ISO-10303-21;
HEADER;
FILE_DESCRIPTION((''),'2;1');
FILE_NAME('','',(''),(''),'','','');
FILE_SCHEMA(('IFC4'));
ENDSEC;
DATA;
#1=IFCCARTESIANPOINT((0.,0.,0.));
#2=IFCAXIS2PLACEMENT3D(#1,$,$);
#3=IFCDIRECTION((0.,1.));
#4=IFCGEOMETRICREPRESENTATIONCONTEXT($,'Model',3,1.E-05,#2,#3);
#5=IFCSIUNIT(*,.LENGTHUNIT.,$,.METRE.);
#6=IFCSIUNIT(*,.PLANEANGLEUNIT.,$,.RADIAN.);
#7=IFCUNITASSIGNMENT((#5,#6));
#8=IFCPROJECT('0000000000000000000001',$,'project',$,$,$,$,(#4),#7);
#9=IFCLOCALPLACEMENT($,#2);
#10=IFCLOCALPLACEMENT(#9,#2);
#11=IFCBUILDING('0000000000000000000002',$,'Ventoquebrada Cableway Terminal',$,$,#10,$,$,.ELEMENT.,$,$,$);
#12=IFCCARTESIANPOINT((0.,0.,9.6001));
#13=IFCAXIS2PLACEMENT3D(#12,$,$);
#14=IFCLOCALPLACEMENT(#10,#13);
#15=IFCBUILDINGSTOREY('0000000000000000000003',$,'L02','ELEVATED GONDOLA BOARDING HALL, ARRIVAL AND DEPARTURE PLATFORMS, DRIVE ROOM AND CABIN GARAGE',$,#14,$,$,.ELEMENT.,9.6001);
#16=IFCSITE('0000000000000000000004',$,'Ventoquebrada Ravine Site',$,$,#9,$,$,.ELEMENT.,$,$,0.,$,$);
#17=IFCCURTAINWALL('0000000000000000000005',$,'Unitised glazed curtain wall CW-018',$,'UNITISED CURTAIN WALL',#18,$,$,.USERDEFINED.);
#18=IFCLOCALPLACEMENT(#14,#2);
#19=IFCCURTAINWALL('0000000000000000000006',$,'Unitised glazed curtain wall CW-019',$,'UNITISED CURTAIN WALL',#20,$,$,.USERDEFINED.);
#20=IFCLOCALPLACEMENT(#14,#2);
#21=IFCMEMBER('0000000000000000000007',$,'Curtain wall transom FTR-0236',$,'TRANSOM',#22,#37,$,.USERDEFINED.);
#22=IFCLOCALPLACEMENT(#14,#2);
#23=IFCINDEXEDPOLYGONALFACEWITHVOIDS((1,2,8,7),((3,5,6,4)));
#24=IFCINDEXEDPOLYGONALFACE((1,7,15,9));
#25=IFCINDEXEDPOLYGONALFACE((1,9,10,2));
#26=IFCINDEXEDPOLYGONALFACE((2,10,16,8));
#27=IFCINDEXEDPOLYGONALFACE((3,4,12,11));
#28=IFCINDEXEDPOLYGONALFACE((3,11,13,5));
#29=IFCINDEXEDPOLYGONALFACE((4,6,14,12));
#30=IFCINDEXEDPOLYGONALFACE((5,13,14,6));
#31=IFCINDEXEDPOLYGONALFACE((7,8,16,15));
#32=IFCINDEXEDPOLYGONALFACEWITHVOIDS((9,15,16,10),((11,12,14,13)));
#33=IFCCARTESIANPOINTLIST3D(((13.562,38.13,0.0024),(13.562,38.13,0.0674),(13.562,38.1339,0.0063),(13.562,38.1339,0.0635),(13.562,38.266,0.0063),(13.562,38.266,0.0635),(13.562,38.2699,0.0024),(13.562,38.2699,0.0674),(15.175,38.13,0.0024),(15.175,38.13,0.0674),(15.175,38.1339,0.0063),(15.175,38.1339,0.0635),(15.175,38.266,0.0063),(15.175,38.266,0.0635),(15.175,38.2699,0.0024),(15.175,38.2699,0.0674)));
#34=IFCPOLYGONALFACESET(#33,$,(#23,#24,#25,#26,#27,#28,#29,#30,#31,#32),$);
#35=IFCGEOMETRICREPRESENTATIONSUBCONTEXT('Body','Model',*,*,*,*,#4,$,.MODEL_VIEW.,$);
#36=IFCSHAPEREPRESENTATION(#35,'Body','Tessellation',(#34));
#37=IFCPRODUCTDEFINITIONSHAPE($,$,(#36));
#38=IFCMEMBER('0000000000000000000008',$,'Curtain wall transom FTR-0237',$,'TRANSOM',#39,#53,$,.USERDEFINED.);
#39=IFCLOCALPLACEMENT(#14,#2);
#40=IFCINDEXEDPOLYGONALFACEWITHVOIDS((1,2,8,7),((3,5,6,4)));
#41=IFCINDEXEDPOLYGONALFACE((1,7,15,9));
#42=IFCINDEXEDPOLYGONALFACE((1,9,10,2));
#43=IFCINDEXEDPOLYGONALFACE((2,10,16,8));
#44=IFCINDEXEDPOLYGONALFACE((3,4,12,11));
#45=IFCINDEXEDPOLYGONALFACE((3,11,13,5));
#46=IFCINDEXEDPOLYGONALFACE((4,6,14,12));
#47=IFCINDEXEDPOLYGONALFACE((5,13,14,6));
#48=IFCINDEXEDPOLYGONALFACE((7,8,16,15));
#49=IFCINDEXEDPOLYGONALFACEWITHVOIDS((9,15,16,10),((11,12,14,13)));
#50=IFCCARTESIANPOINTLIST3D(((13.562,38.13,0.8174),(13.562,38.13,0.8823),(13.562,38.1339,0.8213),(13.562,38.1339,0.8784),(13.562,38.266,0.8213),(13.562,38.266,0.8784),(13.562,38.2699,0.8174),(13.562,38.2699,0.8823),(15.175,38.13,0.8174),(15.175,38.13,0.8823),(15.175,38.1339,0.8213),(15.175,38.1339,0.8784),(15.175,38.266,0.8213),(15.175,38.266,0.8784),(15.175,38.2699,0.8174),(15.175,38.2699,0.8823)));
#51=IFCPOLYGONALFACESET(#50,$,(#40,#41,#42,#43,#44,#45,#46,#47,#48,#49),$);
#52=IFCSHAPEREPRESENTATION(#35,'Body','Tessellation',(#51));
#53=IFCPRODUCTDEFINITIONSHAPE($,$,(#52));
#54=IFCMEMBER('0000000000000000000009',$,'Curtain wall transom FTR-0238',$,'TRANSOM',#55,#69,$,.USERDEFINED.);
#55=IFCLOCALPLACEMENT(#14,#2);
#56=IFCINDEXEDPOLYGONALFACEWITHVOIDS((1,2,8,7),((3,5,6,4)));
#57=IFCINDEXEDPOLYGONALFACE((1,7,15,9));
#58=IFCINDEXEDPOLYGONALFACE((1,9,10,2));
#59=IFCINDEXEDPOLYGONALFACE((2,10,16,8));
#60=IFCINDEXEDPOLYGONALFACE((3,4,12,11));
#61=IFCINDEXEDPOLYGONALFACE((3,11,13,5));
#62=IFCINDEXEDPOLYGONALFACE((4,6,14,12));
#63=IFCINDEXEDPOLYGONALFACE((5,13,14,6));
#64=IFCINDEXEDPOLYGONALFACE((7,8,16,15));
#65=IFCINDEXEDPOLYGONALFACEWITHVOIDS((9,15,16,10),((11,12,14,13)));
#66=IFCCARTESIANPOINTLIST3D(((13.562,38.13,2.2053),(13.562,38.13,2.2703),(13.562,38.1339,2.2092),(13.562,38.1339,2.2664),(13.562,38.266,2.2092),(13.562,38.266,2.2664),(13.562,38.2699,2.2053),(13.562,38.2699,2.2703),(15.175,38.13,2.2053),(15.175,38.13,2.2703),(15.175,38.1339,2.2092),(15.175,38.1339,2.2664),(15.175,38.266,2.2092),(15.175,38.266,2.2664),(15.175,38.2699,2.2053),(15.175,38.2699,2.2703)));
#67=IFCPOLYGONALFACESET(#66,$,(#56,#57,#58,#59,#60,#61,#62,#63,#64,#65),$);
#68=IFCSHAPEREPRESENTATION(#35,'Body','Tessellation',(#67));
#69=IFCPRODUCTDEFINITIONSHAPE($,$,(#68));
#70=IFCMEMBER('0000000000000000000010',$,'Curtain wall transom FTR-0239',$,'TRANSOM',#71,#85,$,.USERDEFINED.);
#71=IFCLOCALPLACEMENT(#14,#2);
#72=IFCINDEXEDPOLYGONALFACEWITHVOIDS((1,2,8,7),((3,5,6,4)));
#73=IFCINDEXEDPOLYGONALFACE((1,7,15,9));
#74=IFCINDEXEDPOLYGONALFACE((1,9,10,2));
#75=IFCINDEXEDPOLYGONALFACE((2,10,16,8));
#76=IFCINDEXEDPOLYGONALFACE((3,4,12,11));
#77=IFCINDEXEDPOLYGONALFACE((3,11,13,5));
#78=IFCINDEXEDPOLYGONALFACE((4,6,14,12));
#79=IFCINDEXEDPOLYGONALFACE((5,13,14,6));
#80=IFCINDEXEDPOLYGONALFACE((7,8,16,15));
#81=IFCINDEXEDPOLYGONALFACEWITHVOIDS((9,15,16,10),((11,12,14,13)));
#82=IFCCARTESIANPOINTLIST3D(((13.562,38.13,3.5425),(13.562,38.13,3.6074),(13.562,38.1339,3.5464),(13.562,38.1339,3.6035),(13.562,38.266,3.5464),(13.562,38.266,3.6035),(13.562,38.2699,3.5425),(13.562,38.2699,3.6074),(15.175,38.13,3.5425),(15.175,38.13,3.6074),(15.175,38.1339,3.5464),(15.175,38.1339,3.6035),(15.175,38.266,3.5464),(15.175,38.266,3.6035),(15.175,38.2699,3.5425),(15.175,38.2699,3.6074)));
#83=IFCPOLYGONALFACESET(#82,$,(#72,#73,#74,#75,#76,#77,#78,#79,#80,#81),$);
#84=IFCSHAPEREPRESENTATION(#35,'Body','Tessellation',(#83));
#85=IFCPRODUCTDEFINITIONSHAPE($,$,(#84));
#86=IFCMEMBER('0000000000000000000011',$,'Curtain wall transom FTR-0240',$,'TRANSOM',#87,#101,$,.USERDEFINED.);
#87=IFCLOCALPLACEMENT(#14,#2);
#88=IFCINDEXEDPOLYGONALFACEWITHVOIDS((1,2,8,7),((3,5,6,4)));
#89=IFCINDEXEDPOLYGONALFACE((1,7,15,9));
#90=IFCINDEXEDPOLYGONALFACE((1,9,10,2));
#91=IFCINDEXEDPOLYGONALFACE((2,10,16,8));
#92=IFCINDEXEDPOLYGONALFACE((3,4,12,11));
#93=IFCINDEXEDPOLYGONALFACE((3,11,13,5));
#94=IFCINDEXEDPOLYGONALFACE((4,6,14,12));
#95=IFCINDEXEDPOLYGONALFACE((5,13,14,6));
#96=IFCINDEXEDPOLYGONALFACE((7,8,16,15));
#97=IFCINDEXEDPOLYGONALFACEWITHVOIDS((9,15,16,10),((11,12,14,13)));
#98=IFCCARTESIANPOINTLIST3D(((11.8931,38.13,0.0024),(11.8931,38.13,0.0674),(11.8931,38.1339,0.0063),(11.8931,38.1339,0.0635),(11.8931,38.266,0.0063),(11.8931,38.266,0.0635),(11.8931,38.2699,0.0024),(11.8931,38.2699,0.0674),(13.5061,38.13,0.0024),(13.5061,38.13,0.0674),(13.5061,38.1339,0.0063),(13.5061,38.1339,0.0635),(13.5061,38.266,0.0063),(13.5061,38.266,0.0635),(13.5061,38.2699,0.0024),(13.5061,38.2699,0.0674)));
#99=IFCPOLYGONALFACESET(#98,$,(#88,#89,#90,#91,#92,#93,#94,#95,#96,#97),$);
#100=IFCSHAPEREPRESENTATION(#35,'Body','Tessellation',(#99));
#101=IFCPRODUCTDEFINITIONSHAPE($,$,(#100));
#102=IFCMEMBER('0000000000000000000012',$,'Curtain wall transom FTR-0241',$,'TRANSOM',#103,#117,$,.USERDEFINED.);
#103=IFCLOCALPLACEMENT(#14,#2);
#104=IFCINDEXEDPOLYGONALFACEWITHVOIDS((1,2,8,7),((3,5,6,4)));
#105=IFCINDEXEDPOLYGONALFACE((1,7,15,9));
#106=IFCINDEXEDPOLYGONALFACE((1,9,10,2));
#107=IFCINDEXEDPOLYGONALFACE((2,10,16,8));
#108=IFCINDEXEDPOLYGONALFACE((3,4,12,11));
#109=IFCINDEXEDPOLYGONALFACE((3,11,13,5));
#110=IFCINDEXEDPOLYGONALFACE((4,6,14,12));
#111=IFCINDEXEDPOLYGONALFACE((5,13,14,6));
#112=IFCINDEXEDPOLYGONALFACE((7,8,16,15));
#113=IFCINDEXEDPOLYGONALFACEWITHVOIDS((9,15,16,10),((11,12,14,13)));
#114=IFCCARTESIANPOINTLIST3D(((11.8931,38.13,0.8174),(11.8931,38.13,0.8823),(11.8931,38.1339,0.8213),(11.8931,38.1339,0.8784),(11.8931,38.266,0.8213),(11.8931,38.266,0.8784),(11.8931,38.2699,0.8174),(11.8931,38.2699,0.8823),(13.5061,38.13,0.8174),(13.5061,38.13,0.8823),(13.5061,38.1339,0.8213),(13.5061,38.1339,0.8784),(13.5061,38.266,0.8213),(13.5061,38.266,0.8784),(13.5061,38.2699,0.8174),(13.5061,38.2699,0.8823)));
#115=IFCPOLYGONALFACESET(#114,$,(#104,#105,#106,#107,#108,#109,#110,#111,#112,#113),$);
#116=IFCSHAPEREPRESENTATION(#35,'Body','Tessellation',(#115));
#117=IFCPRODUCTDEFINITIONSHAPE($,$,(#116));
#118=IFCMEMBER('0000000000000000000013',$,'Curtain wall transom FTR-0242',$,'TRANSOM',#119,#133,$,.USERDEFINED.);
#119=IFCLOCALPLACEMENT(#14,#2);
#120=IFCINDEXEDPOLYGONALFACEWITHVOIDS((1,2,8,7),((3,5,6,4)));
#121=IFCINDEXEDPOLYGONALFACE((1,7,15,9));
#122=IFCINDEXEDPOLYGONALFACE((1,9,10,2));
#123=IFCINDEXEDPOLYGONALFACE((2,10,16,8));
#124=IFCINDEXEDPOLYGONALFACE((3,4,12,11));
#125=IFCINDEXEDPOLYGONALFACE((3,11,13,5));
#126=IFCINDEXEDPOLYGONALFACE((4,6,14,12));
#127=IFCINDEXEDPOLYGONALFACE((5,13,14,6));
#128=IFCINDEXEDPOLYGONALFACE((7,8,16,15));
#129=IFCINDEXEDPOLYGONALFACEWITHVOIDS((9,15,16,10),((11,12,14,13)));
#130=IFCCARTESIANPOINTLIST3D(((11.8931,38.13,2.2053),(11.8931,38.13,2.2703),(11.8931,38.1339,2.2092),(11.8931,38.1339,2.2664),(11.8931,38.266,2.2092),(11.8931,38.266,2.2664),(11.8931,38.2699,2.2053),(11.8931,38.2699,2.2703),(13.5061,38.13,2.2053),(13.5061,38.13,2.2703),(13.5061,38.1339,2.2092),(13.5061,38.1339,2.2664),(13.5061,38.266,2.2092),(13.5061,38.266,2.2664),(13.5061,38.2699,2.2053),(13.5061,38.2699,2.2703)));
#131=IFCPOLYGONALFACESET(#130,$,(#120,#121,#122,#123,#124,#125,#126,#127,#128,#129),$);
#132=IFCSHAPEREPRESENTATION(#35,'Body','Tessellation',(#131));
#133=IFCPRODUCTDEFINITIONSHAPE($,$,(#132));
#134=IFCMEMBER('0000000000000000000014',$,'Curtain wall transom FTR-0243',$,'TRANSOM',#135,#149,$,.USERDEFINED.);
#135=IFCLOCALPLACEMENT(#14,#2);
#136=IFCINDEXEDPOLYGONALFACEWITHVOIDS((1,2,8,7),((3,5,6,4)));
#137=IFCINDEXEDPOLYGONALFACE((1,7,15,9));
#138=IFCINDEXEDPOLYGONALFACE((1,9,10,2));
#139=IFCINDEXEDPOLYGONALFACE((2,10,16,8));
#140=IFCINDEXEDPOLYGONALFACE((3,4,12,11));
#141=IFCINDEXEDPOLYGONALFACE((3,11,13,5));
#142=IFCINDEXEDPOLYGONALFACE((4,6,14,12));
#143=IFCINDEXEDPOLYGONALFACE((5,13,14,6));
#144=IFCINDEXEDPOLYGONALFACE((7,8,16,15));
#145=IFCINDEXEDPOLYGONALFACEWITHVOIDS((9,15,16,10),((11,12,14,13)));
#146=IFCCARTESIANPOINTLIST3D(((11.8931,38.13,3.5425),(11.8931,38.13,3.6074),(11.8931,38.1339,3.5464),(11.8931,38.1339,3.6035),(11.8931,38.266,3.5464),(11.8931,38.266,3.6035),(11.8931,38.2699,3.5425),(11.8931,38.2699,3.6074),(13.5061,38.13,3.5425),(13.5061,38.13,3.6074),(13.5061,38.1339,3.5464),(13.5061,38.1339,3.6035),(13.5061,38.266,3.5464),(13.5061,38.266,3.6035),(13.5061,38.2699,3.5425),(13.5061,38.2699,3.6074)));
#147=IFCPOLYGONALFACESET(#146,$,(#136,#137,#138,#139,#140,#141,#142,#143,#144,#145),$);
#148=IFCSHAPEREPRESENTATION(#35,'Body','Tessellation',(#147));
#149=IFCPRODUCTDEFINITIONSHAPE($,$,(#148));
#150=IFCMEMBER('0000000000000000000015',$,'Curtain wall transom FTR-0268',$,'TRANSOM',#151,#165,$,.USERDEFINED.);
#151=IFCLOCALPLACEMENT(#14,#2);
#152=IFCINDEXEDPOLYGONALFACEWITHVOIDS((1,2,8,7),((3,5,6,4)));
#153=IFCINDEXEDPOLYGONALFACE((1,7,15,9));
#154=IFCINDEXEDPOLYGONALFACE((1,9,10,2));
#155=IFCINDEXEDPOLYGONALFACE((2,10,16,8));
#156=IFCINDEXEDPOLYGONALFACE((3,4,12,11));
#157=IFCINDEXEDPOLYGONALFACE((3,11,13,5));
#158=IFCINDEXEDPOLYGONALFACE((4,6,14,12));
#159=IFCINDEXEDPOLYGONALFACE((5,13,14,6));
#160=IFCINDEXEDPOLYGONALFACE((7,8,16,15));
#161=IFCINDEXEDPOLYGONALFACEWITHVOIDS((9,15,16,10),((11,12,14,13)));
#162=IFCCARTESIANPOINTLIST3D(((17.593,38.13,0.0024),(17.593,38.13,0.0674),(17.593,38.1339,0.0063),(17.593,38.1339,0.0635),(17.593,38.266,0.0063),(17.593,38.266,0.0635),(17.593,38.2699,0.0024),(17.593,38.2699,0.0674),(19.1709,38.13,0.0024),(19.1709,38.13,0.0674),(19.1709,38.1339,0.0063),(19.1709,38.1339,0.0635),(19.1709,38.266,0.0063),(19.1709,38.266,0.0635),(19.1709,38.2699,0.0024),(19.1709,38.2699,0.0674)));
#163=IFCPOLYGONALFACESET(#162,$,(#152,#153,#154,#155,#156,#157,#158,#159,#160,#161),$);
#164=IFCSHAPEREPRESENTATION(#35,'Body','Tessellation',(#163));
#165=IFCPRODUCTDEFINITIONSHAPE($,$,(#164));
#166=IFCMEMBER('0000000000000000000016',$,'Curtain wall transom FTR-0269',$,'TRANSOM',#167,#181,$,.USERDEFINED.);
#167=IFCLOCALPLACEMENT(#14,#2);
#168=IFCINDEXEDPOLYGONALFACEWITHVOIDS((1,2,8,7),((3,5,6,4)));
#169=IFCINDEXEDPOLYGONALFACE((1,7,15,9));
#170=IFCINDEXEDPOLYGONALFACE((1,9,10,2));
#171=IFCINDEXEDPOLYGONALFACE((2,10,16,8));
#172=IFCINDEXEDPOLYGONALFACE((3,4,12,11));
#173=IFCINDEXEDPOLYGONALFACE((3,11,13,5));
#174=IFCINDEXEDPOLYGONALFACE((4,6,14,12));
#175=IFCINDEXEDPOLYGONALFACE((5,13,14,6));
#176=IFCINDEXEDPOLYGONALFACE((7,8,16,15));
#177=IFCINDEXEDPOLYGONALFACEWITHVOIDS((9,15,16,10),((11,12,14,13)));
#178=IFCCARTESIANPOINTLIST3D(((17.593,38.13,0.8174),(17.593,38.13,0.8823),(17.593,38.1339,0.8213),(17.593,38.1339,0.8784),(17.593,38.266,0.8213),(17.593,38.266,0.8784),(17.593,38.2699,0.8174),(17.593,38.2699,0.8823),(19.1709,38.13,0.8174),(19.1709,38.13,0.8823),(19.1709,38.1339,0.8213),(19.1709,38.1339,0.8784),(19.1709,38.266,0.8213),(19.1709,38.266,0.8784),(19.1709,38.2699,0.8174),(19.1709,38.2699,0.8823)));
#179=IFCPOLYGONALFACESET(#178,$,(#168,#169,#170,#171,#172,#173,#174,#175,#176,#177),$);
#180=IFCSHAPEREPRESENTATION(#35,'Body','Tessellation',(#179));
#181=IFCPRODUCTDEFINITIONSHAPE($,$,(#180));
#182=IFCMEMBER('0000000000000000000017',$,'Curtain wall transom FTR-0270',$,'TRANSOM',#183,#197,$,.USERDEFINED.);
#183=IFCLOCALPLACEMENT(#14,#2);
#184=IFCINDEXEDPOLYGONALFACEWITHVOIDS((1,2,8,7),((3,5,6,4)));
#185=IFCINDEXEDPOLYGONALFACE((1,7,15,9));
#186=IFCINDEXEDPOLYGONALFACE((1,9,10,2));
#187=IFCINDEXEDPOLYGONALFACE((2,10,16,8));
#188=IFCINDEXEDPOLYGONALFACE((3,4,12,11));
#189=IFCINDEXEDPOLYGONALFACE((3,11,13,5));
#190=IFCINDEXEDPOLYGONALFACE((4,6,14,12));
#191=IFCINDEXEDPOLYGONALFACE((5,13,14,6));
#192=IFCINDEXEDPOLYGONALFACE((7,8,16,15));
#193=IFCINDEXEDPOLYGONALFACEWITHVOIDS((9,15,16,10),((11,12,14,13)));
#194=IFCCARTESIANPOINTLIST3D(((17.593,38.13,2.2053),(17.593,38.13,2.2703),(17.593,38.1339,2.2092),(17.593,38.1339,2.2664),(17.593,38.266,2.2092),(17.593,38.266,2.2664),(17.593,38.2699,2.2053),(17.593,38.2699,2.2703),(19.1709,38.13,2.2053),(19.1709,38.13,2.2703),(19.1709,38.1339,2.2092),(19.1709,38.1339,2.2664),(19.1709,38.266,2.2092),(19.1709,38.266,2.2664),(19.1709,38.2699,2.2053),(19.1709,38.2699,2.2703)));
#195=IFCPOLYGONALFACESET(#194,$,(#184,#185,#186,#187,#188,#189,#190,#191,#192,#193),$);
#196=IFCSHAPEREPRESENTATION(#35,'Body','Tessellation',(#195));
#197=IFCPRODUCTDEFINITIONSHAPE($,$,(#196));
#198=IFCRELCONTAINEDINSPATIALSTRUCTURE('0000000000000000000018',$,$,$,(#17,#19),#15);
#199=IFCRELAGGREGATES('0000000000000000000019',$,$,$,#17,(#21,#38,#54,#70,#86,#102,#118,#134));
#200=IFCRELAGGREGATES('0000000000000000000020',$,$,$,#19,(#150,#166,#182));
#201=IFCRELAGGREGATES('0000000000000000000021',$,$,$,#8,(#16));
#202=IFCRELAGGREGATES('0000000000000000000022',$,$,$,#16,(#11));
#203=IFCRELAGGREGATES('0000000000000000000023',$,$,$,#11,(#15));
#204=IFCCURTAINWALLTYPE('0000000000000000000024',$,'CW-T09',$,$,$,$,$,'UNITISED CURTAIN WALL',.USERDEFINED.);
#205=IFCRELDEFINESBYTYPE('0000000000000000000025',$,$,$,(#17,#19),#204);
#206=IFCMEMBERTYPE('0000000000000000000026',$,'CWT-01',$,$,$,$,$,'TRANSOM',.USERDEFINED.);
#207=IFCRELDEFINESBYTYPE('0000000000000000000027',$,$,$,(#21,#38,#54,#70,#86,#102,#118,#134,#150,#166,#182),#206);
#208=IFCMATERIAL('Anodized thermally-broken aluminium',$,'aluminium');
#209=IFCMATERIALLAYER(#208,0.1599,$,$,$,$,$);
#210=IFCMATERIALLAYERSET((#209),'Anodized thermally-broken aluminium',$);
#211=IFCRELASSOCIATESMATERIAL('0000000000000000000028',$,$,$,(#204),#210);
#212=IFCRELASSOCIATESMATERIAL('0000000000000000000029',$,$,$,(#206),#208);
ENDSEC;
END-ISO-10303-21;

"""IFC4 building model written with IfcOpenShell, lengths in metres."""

from ifc_helpers import new_model, si_unit, direction, frame, origin, origin_2d, place, context, subcontext, project, spatial, hollow_rectangle, extrude, material, layer, layer_set, material_profile, profile_set, type_object, element, aggregate, save


model = new_model("IFC4")

# Units and contexts
model_context = context("Model", 3, precision=1e-05, world=origin(), true_north=direction((0.0, 1.0)))
body_context = subcontext(model_context, "Body", "Model", "MODEL_VIEW")
ifc_project = project(units=[si_unit("LENGTHUNIT", "METRE"), si_unit("PLANEANGLEUNIT", "RADIAN")], contexts=[model_context])

# Site, building, storey
site_placement = place(None, origin())
site = spatial("IfcSite", under=ifc_project, at=site_placement, Name="Ventoquebrada Ravine Site", CompositionType="ELEMENT", RefElevation=0.0)
building_placement = place(site_placement, origin())
building = spatial("IfcBuilding", under=site, at=building_placement, Name="Ventoquebrada Cableway Terminal", CompositionType="ELEMENT")
storey_placement = place(building_placement, frame((0.0, 0.0, 9.6001)))
storey = spatial("IfcBuildingStorey", under=building, at=storey_placement, Name="L02", Description="ELEVATED GONDOLA BOARDING HALL, ARRIVAL AND DEPARTURE PLATFORMS, DRIVE ROOM AND CABIN GARAGE", CompositionType="ELEMENT", Elevation=9.6001)

# Curtain walls
ifc_material_1 = material(Name="Anodized thermally-broken aluminium", Category="aluminium")
ifc_layer_1 = layer(ifc_material_1, 0.1599)
ifc_layer_set_1 = layer_set([ifc_layer_1], Name="Anodized thermally-broken aluminium")
curtain_wall_type = type_object("IfcCurtainWallType", Name="CW-T09", ElementType="UNITISED CURTAIN WALL", PredefinedType="USERDEFINED", material=ifc_layer_set_1)
curtain_wall_1_placement = place(storey_placement, origin())
curtain_wall_1 = element("IfcCurtainWall", 1, at=curtain_wall_1_placement, inside=storey, type_object=curtain_wall_type, Name="Unitised glazed curtain wall CW-018", ObjectType="UNITISED CURTAIN WALL", PredefinedType="USERDEFINED")
curtain_wall_2_placement = place(storey_placement, origin())
curtain_wall_2 = element("IfcCurtainWall", 2, at=curtain_wall_2_placement, inside=storey, type_object=curtain_wall_type, Name="Unitised glazed curtain wall CW-019", ObjectType="UNITISED CURTAIN WALL", PredefinedType="USERDEFINED")

# Members
ifc_material_profile_1 = material_profile(ifc_material_1, hollow_rectangle(XDim=0.0649, YDim=0.1399, WallThickness=0.0039, at=origin_2d()), Name="CW-TRN-65X140")
ifc_profile_set_1 = profile_set([ifc_material_profile_1], Name="Anodized thermally-broken aluminium")
member_type_1 = type_object("IfcMemberType", Name="CWT-01", ElementType="TRANSOM", PredefinedType="USERDEFINED", material=ifc_profile_set_1)
member_1_placement = place(storey_placement, frame((15.175, 38.2, 0.0349), z_axis=(-1.0, 0.0, 0.0), x_axis=(0.0, 0.0, 1.0)))
member_1 = element("IfcMember", 3, at=member_1_placement, type_object=member_type_1, Name="Curtain wall transom FTR-0236", ObjectType="TRANSOM", PredefinedType="USERDEFINED", context=body_context, shape_type="SweptSolid", body=[
    extrude(hollow_rectangle(XDim=0.0649, YDim=0.1399, WallThickness=0.0039, at=origin_2d()), origin(), (0.0, 0.0, 1.0), 1.613),
])
member_2_placement = place(storey_placement, frame((15.175, 38.2, 0.8499), z_axis=(-1.0, 0.0, 0.0), x_axis=(0.0, 0.0, 1.0)))
member_2 = element("IfcMember", 4, at=member_2_placement, type_object=member_type_1, Name="Curtain wall transom FTR-0237", ObjectType="TRANSOM", PredefinedType="USERDEFINED", context=body_context, shape_type="SweptSolid", body=[
    extrude(hollow_rectangle(XDim=0.0649, YDim=0.1399, WallThickness=0.0039, at=origin_2d()), origin(), (0.0, 0.0, 1.0), 1.613),
])
member_3_placement = place(storey_placement, frame((15.175, 38.2, 2.2378), z_axis=(-1.0, 0.0, 0.0), x_axis=(0.0, 0.0, 1.0)))
member_3 = element("IfcMember", 5, at=member_3_placement, type_object=member_type_1, Name="Curtain wall transom FTR-0238", ObjectType="TRANSOM", PredefinedType="USERDEFINED", context=body_context, shape_type="SweptSolid", body=[
    extrude(hollow_rectangle(XDim=0.0649, YDim=0.1399, WallThickness=0.0039, at=origin_2d()), origin(), (0.0, 0.0, 1.0), 1.613),
])
member_4_placement = place(storey_placement, frame((15.175, 38.2, 3.575), z_axis=(-1.0, 0.0, 0.0), x_axis=(0.0, 0.0, 1.0)))
member_4 = element("IfcMember", 6, at=member_4_placement, type_object=member_type_1, Name="Curtain wall transom FTR-0239", ObjectType="TRANSOM", PredefinedType="USERDEFINED", context=body_context, shape_type="SweptSolid", body=[
    extrude(hollow_rectangle(XDim=0.0649, YDim=0.1399, WallThickness=0.0039, at=origin_2d()), origin(), (0.0, 0.0, 1.0), 1.613),
])
member_5_placement = place(storey_placement, frame((13.5061, 38.2, 0.0349), z_axis=(-1.0, 0.0, 0.0), x_axis=(0.0, 0.0, 1.0)))
member_5 = element("IfcMember", 7, at=member_5_placement, type_object=member_type_1, Name="Curtain wall transom FTR-0240", ObjectType="TRANSOM", PredefinedType="USERDEFINED", context=body_context, shape_type="SweptSolid", body=[
    extrude(hollow_rectangle(XDim=0.0649, YDim=0.1399, WallThickness=0.0039, at=origin_2d()), origin(), (0.0, 0.0, 1.0), 1.613),
])
member_6_placement = place(storey_placement, frame((13.5061, 38.2, 0.8499), z_axis=(-1.0, 0.0, 0.0), x_axis=(0.0, 0.0, 1.0)))
member_6 = element("IfcMember", 8, at=member_6_placement, type_object=member_type_1, Name="Curtain wall transom FTR-0241", ObjectType="TRANSOM", PredefinedType="USERDEFINED", context=body_context, shape_type="SweptSolid", body=[
    extrude(hollow_rectangle(XDim=0.0649, YDim=0.1399, WallThickness=0.0039, at=origin_2d()), origin(), (0.0, 0.0, 1.0), 1.613),
])
member_7_placement = place(storey_placement, frame((13.5061, 38.2, 2.2378), z_axis=(-1.0, 0.0, 0.0), x_axis=(0.0, 0.0, 1.0)))
member_7 = element("IfcMember", 9, at=member_7_placement, type_object=member_type_1, Name="Curtain wall transom FTR-0242", ObjectType="TRANSOM", PredefinedType="USERDEFINED", context=body_context, shape_type="SweptSolid", body=[
    extrude(hollow_rectangle(XDim=0.0649, YDim=0.1399, WallThickness=0.0039, at=origin_2d()), origin(), (0.0, 0.0, 1.0), 1.613),
])
member_8_placement = place(storey_placement, frame((13.5061, 38.2, 3.575), z_axis=(-1.0, 0.0, 0.0), x_axis=(0.0, 0.0, 1.0)))
member_8 = element("IfcMember", 10, at=member_8_placement, type_object=member_type_1, Name="Curtain wall transom FTR-0243", ObjectType="TRANSOM", PredefinedType="USERDEFINED", context=body_context, shape_type="SweptSolid", body=[
    extrude(hollow_rectangle(XDim=0.0649, YDim=0.1399, WallThickness=0.0039, at=origin_2d()), origin(), (0.0, 0.0, 1.0), 1.613),
])
member_9_placement = place(storey_placement, frame((19.1709, 38.2, 0.0349), z_axis=(-1.0, 0.0, 0.0), x_axis=(0.0, 0.0, 1.0)))
member_9 = element("IfcMember", 11, at=member_9_placement, type_object=member_type_1, Name="Curtain wall transom FTR-0268", ObjectType="TRANSOM", PredefinedType="USERDEFINED", context=body_context, shape_type="SweptSolid", body=[
    extrude(hollow_rectangle(XDim=0.0649, YDim=0.1399, WallThickness=0.0039, at=origin_2d()), origin(), (0.0, 0.0, 1.0), 1.5779),
])
member_10_placement = place(storey_placement, frame((19.1709, 38.2, 0.8499), z_axis=(-1.0, 0.0, 0.0), x_axis=(0.0, 0.0, 1.0)))
member_10 = element("IfcMember", 12, at=member_10_placement, type_object=member_type_1, Name="Curtain wall transom FTR-0269", ObjectType="TRANSOM", PredefinedType="USERDEFINED", context=body_context, shape_type="SweptSolid", body=[
    extrude(hollow_rectangle(XDim=0.0649, YDim=0.1399, WallThickness=0.0039, at=origin_2d()), origin(), (0.0, 0.0, 1.0), 1.5779),
])
member_11_placement = place(storey_placement, frame((19.1709, 38.2, 2.2378), z_axis=(-1.0, 0.0, 0.0), x_axis=(0.0, 0.0, 1.0)))
member_11 = element("IfcMember", 13, at=member_11_placement, type_object=member_type_1, Name="Curtain wall transom FTR-0270", ObjectType="TRANSOM", PredefinedType="USERDEFINED", context=body_context, shape_type="SweptSolid", body=[
    extrude(hollow_rectangle(XDim=0.0649, YDim=0.1399, WallThickness=0.0039, at=origin_2d()), origin(), (0.0, 0.0, 1.0), 1.5779),
])

aggregate(curtain_wall_1, [member_1, member_2, member_3, member_4, member_5, member_6, member_7, member_8])
aggregate(curtain_wall_2, [member_9, member_10, member_11])

save(model, "model.ifc")
